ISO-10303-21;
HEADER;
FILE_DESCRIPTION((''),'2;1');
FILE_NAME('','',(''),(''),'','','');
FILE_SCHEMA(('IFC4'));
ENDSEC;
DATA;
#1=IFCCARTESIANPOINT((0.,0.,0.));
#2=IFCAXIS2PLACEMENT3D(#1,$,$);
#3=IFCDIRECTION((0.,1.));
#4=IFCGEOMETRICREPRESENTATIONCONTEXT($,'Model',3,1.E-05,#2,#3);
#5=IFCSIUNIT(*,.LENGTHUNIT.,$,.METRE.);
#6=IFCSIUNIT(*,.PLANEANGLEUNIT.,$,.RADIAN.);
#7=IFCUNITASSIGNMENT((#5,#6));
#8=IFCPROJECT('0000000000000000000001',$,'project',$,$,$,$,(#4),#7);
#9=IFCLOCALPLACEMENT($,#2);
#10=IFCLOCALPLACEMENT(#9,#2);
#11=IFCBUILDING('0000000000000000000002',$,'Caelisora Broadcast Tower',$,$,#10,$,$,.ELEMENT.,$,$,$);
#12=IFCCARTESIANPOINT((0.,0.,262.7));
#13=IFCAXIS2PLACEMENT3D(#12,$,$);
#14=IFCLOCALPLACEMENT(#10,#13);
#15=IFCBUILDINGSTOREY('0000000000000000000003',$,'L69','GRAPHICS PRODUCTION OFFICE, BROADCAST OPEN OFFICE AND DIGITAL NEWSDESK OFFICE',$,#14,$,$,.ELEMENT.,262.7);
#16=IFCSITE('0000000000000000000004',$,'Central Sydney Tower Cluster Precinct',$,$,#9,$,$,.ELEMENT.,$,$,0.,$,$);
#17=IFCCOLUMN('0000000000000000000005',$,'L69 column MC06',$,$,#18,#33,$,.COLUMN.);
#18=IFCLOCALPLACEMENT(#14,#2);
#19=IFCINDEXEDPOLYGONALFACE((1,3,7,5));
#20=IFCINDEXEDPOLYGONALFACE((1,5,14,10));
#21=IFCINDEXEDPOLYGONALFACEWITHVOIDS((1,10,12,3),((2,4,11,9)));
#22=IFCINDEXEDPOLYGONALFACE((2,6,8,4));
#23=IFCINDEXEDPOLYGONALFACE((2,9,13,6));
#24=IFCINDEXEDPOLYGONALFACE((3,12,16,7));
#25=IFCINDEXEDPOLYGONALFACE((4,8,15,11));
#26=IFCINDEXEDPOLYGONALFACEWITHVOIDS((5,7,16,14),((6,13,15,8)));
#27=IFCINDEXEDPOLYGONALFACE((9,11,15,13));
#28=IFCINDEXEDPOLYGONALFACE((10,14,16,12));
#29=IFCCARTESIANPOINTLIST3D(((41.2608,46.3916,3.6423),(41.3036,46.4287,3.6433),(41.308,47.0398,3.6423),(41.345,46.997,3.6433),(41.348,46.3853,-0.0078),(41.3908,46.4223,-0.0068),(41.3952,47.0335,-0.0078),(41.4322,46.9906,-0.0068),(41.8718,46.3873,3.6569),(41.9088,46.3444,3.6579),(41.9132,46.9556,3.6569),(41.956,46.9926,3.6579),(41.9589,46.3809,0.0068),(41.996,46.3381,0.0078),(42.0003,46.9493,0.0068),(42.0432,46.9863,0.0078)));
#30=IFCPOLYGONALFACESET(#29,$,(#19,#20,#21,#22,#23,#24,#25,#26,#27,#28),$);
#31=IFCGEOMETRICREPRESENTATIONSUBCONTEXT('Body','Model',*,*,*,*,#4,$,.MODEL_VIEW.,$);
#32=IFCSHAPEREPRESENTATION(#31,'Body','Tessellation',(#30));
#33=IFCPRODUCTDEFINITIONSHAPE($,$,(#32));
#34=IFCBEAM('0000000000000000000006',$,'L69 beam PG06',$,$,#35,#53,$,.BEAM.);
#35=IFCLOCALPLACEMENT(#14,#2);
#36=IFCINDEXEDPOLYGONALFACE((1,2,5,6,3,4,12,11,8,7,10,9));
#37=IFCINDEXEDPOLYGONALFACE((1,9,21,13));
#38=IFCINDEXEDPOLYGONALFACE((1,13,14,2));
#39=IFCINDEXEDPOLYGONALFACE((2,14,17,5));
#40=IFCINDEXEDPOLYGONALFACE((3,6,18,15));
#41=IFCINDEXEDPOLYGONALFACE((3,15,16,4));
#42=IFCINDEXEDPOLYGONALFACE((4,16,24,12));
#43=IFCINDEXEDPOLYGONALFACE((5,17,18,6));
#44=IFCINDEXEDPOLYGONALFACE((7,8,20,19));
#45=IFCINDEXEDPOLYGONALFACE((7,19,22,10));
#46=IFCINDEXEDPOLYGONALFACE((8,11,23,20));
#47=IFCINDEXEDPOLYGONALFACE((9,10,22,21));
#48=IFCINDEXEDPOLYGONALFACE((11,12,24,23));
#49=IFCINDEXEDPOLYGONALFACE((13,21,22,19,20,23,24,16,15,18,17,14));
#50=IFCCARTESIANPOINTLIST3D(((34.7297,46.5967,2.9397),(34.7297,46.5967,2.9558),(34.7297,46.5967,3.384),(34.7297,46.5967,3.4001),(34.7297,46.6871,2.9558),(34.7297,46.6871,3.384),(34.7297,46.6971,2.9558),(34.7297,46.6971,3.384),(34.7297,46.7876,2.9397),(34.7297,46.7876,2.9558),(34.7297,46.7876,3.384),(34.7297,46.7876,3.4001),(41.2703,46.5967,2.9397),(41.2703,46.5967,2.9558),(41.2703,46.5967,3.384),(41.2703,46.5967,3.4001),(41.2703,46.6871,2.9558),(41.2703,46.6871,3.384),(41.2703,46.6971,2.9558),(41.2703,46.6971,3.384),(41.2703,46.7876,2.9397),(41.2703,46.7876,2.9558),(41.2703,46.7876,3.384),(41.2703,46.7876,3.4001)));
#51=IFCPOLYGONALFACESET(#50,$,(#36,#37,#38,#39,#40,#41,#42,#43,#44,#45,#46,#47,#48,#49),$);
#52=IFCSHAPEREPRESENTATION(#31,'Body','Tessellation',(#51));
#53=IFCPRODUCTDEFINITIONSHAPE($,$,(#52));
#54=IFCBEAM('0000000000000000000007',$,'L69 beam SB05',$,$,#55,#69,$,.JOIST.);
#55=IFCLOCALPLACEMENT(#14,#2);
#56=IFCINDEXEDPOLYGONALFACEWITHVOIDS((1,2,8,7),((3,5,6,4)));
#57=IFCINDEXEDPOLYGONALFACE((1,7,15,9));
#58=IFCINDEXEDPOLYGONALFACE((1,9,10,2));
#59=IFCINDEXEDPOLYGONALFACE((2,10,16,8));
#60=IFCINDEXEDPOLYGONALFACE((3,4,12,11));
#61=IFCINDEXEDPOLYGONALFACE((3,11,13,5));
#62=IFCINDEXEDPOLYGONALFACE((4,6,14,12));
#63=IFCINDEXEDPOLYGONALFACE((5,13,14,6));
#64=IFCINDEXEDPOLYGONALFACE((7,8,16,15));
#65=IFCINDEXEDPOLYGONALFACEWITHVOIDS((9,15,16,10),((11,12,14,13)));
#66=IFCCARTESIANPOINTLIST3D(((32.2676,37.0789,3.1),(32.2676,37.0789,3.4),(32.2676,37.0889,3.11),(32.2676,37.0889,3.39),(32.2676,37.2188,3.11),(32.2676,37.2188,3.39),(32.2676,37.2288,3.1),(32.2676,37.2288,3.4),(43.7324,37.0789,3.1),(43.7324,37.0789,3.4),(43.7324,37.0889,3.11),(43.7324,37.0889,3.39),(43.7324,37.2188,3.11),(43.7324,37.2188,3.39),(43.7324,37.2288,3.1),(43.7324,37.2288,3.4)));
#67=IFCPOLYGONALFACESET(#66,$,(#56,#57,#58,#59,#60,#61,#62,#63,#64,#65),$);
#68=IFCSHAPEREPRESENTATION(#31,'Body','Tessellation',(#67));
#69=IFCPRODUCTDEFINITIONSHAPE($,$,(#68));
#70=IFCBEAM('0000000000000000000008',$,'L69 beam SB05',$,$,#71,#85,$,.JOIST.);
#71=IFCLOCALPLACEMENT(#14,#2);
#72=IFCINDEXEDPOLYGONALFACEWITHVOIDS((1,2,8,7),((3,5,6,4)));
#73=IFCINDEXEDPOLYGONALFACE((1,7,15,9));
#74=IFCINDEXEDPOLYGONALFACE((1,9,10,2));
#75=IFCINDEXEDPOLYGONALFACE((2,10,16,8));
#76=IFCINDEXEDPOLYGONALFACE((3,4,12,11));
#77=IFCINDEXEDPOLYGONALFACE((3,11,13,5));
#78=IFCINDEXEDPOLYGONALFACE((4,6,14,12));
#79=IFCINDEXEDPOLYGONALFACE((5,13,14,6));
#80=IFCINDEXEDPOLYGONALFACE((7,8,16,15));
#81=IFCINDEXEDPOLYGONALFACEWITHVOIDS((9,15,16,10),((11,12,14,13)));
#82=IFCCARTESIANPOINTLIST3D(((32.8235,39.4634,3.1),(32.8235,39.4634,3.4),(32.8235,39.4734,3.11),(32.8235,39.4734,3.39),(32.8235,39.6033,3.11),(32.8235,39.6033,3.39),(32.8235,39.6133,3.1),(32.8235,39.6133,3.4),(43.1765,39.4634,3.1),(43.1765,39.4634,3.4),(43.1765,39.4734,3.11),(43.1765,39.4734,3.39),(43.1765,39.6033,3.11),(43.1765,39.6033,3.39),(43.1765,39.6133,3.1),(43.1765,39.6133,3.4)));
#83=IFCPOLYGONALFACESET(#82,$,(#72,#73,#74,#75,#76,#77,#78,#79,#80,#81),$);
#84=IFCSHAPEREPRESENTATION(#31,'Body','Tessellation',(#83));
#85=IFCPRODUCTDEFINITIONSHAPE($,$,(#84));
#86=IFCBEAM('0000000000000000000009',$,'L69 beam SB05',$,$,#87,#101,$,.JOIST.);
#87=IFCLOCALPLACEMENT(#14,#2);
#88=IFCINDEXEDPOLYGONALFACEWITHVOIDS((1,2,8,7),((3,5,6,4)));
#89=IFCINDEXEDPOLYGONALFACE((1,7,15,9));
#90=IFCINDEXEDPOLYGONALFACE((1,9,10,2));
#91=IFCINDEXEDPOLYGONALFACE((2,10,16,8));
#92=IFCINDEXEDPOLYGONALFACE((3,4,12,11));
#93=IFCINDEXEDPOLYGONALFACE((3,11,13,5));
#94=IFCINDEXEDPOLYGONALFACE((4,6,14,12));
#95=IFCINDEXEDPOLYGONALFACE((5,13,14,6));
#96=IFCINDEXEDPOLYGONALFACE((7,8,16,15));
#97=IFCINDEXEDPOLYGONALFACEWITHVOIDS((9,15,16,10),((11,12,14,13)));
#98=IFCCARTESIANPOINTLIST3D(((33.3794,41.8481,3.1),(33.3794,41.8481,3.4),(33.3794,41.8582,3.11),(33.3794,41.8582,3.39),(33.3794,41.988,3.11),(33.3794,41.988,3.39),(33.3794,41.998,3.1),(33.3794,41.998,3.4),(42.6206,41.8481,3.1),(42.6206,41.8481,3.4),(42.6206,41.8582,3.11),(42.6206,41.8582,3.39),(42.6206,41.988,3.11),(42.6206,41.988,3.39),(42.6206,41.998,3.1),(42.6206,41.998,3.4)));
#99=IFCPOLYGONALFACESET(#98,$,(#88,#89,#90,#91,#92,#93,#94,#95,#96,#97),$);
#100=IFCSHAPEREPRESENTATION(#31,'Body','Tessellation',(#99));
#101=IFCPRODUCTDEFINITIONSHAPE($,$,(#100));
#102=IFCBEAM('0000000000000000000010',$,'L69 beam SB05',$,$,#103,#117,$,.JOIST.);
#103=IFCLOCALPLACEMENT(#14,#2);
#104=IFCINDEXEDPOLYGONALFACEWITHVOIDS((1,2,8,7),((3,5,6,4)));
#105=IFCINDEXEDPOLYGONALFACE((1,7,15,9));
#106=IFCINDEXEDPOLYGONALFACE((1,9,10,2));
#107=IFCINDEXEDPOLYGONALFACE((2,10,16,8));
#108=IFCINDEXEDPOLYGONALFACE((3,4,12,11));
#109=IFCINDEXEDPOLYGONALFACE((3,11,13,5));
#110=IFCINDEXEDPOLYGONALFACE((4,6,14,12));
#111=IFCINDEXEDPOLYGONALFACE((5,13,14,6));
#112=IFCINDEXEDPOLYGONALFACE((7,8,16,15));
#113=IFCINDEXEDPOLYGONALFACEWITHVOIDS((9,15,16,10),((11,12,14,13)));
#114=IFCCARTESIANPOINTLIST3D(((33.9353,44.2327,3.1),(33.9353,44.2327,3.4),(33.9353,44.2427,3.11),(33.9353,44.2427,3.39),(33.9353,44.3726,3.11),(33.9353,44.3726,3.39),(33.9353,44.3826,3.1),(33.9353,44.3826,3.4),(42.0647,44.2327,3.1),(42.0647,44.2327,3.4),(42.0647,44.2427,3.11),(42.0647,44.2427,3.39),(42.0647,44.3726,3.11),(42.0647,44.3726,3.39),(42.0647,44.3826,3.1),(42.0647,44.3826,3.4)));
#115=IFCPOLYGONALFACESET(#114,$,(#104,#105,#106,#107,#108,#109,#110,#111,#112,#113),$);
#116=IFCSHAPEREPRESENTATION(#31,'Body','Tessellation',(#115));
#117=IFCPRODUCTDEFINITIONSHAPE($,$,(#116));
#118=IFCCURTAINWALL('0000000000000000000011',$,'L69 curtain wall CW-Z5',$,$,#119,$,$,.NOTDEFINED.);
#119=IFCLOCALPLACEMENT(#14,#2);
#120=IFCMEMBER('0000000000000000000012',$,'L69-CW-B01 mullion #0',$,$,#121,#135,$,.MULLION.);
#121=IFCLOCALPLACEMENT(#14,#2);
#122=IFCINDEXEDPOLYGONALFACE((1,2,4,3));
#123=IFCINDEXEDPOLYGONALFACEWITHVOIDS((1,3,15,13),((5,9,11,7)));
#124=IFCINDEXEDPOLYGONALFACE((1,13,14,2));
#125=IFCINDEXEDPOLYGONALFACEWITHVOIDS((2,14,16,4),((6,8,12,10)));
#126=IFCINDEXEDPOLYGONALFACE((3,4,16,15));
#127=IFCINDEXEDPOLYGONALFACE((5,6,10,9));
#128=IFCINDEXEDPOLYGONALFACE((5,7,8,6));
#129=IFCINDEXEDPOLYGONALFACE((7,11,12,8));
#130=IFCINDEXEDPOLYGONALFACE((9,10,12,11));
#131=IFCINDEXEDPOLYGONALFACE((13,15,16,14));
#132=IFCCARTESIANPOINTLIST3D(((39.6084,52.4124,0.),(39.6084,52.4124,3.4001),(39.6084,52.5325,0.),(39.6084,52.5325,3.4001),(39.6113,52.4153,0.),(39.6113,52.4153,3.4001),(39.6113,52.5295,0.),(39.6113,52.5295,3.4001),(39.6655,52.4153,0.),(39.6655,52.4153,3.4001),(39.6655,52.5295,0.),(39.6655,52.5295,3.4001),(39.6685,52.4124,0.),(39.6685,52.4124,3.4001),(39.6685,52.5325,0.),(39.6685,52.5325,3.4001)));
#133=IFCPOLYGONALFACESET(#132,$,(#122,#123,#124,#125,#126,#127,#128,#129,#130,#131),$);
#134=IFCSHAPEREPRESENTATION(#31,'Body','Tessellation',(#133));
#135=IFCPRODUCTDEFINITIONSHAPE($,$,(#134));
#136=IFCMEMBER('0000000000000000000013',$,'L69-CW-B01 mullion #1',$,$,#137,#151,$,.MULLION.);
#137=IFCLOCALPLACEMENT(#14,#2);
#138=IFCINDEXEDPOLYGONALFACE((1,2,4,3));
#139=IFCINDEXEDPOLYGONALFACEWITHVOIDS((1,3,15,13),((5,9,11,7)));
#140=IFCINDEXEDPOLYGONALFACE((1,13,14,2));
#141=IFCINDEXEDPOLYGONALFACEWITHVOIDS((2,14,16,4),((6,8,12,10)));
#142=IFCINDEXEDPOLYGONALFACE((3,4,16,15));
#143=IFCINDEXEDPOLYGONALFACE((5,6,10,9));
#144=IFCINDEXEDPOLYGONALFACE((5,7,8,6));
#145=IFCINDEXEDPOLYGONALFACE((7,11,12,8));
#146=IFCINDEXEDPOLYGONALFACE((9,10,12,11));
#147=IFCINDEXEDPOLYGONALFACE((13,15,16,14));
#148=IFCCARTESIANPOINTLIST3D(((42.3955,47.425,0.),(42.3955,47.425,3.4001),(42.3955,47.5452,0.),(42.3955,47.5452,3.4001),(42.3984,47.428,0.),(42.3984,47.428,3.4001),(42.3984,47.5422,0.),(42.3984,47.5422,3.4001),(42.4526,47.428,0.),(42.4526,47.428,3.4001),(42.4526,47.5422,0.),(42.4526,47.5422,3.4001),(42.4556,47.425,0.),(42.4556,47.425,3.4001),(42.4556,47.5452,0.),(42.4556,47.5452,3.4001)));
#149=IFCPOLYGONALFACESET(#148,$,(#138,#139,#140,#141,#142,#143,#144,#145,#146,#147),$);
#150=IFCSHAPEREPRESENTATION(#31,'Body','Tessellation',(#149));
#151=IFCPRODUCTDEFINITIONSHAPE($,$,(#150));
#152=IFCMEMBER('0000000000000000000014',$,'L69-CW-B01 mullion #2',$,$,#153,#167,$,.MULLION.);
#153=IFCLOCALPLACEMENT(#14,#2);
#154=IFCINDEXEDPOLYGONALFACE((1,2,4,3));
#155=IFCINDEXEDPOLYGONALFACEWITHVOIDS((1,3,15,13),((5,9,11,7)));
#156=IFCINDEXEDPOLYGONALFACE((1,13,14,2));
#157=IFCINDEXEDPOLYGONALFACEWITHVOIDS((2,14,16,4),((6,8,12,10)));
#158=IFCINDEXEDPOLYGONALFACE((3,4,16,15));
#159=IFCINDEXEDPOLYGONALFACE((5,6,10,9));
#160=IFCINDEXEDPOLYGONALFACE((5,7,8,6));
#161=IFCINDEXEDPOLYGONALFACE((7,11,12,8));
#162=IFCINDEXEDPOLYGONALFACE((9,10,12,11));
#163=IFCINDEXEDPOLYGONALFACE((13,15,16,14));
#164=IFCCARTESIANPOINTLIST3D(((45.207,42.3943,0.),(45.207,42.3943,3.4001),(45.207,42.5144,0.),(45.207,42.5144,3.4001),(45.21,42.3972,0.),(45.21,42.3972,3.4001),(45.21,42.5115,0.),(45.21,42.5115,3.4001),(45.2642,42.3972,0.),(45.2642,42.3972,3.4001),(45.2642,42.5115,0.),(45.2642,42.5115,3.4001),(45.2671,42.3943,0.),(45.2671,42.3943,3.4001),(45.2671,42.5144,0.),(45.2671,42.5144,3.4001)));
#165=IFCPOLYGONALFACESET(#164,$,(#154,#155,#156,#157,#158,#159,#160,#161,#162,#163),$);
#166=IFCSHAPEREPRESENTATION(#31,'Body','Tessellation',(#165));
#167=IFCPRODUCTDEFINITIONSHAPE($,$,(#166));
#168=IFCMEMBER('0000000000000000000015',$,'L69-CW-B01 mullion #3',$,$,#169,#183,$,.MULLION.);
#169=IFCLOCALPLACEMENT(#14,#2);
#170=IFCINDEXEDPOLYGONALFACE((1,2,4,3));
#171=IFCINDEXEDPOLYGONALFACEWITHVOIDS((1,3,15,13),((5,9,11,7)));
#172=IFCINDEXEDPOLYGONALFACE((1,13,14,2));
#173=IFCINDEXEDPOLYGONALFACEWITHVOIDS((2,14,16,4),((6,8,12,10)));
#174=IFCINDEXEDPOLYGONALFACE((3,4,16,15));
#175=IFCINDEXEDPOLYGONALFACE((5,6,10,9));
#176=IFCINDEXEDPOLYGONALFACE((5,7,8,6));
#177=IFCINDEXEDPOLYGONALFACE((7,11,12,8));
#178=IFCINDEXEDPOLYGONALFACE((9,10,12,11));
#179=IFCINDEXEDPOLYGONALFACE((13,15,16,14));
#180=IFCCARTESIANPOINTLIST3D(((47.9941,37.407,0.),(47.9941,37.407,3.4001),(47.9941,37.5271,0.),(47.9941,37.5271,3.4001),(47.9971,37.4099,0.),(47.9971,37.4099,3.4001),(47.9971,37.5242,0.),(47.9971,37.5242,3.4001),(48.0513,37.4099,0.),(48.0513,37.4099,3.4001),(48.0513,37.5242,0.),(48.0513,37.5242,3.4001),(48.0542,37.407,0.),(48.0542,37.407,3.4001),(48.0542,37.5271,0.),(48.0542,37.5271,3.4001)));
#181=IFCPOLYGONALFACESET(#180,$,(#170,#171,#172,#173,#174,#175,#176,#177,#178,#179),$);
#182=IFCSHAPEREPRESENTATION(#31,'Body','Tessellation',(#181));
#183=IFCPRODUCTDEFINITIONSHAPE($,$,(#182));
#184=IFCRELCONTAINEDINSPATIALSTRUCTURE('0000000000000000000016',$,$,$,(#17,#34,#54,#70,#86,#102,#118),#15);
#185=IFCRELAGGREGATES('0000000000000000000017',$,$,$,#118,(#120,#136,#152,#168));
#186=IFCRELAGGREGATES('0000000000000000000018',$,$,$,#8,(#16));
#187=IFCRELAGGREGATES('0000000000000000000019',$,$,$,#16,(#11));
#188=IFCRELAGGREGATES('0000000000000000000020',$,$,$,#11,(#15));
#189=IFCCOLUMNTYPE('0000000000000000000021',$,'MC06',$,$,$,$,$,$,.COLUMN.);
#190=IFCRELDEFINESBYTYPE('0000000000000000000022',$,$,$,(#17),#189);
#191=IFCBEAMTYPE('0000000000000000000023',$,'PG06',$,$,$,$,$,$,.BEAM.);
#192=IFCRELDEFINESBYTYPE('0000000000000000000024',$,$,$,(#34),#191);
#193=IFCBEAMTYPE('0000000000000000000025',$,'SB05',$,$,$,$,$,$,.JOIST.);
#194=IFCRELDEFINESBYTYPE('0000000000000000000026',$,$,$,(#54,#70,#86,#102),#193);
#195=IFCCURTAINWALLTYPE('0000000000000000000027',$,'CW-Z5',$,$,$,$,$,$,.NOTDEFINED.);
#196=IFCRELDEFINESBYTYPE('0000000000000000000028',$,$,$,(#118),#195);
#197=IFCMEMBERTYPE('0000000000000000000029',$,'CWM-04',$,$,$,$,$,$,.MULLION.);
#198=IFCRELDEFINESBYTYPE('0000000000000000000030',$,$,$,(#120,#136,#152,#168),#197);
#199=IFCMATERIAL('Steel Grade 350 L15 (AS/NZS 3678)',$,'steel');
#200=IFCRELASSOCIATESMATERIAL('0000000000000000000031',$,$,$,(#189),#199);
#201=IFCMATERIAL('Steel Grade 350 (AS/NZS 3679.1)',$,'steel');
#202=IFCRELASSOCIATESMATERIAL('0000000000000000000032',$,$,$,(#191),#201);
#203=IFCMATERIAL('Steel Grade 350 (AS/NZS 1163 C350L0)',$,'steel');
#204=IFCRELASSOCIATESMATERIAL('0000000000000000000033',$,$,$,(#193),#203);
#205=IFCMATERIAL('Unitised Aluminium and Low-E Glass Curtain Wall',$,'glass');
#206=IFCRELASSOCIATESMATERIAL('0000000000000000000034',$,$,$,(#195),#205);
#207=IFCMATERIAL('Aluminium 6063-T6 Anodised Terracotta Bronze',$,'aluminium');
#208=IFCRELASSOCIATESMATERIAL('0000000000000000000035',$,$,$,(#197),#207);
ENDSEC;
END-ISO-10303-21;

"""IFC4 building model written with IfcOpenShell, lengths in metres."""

from ifc_helpers import new_model, si_unit, direction, frame, origin, origin_2d, place, context, subcontext, project, spatial, hollow_rectangle, i_section, extrude, source, transform, mapped, material, material_profile, profile_set, type_object, type_shapes, element, aggregate, save


model = new_model("IFC4")

# Units and contexts
model_context = context("Model", 3, precision=1e-05, world=origin(), true_north=direction((0.0, 1.0)))
body_context = subcontext(model_context, "Body", "Model", "MODEL_VIEW")
ifc_project = project(units=[si_unit("LENGTHUNIT", "METRE"), si_unit("PLANEANGLEUNIT", "RADIAN")], contexts=[model_context])

# Site, building, storey
site_placement = place(None, origin())
site = spatial("IfcSite", under=ifc_project, at=site_placement, Name="Central Sydney Tower Cluster Precinct", CompositionType="ELEMENT", RefElevation=0.0)
building_placement = place(site_placement, origin())
building = spatial("IfcBuilding", under=site, at=building_placement, Name="Caelisora Broadcast Tower", CompositionType="ELEMENT")
storey_placement = place(building_placement, frame((0.0, 0.0, 262.7)))
storey = spatial("IfcBuildingStorey", under=building, at=storey_placement, Name="L69", Description="GRAPHICS PRODUCTION OFFICE, BROADCAST OPEN OFFICE AND DIGITAL NEWSDESK OFFICE", CompositionType="ELEMENT", Elevation=262.7)

# Column
ifc_material_1 = material(Name="Steel Grade 350 L15 (AS/NZS 3678)", Category="steel")
ifc_material_profile_1 = material_profile(ifc_material_1, hollow_rectangle(XDim=0.6499, YDim=0.6499, WallThickness=0.04, at=origin_2d()), Name="Steel Grade 350 L15 (AS/NZS 3678)")
ifc_profile_set_1 = profile_set([ifc_material_profile_1], Name="Steel Grade 350 L15 (AS/NZS 3678)")
column_type = type_object("IfcColumnType", Name="MC06", PredefinedType="COLUMN", material=ifc_profile_set_1)
shared_shape_1 = source(origin(), body_context, "Body", "SweptSolid", [
    extrude(hollow_rectangle(XDim=0.6499, YDim=0.6499, WallThickness=0.04, at=origin_2d()), origin(), (0.0, 0.0, 1.0), 3.6511),
])
type_shapes(column_type, [shared_shape_1])
column_placement = place(storey_placement, frame((41.6956, 46.6858, 0.0), z_axis=(-0.023871, 0.001739, 0.999714), x_axis=(-0.072637, -0.997358, 0.0)))
element("IfcColumn", 1, at=column_placement, inside=storey, type_object=column_type, Name="L69 column MC06", PredefinedType="COLUMN", context=body_context, shape_type="MappedRepresentation", body=[
    mapped(shared_shape_1, transform((0.0, 0.0, 0.0), scale=1.0)),
])

# Beams
ifc_material_2 = material(Name="Steel Grade 350 (AS/NZS 3679.1)", Category="steel")
ifc_material_profile_2 = material_profile(ifc_material_2, i_section(OverallWidth=0.1909, OverallDepth=0.4604, WebThickness=0.01, FlangeThickness=0.0161, at=origin_2d()), Name="Steel Grade 350 (AS/NZS 3679.1)")
ifc_profile_set_2 = profile_set([ifc_material_profile_2], Name="Steel Grade 350 (AS/NZS 3679.1)")
beam_type_1 = type_object("IfcBeamType", Name="PG06", PredefinedType="BEAM", material=ifc_profile_set_2)
shared_shape_2 = source(origin(), body_context, "Body", "SweptSolid", [
    extrude(i_section(OverallWidth=0.1909, OverallDepth=0.4604, WebThickness=0.01, FlangeThickness=0.0161, at=origin_2d()), origin(), (0.0, 0.0, 1.0), 6.5405),
])
type_shapes(beam_type_1, [shared_shape_2])
beam_1_placement = place(storey_placement, frame((41.2703, 46.6921, 3.1699), z_axis=(-1.0, 0.0, 0.0), x_axis=(0.0, -1.0, 0.0)))
element("IfcBeam", 2, at=beam_1_placement, inside=storey, type_object=beam_type_1, Name="L69 beam PG06", PredefinedType="BEAM", context=body_context, shape_type="MappedRepresentation", body=[
    mapped(shared_shape_2, transform((0.0, 0.0, 0.0), scale=1.0)),
])
ifc_material_3 = material(Name="Steel Grade 350 (AS/NZS 1163 C350L0)", Category="steel")
ifc_material_profile_3 = material_profile(ifc_material_3, hollow_rectangle(XDim=0.1499, YDim=0.3, WallThickness=0.01, at=origin_2d()), Name="Steel Grade 350 (AS/NZS 1163 C350L0)")
ifc_profile_set_3 = profile_set([ifc_material_profile_3], Name="Steel Grade 350 (AS/NZS 1163 C350L0)")
beam_type_2 = type_object("IfcBeamType", Name="SB05", PredefinedType="JOIST", material=ifc_profile_set_3)
shared_shape_3 = source(origin(), body_context, "Body", "SweptSolid", [
    extrude(hollow_rectangle(XDim=0.1499, YDim=0.3, WallThickness=0.01, at=origin_2d()), origin(), (0.0, 0.0, 1.0), 11.4648),
])
beam_2_placement = place(storey_placement, frame((43.7324, 37.1538, 3.25), z_axis=(-1.0, 0.0, 0.0), x_axis=(0.0, -1.0, 0.0)))
element("IfcBeam", 3, at=beam_2_placement, inside=storey, type_object=beam_type_2, Name="L69 beam SB05", PredefinedType="JOIST", context=body_context, shape_type="MappedRepresentation", body=[
    mapped(shared_shape_3, transform((0.0, 0.0, 0.0), scale=1.0)),
])
shared_shape_4 = source(origin(), body_context, "Body", "SweptSolid", [
    extrude(hollow_rectangle(XDim=0.1499, YDim=0.3, WallThickness=0.01, at=origin_2d()), origin(), (0.0, 0.0, 1.0), 10.353),
])
beam_3_placement = place(storey_placement, frame((43.1765, 39.5383, 3.25), z_axis=(-1.0, 0.0, 0.0), x_axis=(0.0, -1.0, 0.0)))
element("IfcBeam", 4, at=beam_3_placement, inside=storey, type_object=beam_type_2, Name="L69 beam SB05", PredefinedType="JOIST", context=body_context, shape_type="MappedRepresentation", body=[
    mapped(shared_shape_4, transform((0.0, 0.0, 0.0), scale=1.0)),
])
shared_shape_5 = source(origin(), body_context, "Body", "SweptSolid", [
    extrude(hollow_rectangle(XDim=0.1499, YDim=0.3, WallThickness=0.01, at=origin_2d()), origin(), (0.0, 0.0, 1.0), 9.2412),
])
beam_4_placement = place(storey_placement, frame((42.6206, 41.9231, 3.25), z_axis=(-1.0, 0.0, 0.0), x_axis=(0.0, -1.0, 0.0)))
element("IfcBeam", 5, at=beam_4_placement, inside=storey, type_object=beam_type_2, Name="L69 beam SB05", PredefinedType="JOIST", context=body_context, shape_type="MappedRepresentation", body=[
    mapped(shared_shape_5, transform((0.0, 0.0, 0.0), scale=1.0)),
])
shared_shape_6 = source(origin(), body_context, "Body", "SweptSolid", [
    extrude(hollow_rectangle(XDim=0.1499, YDim=0.3, WallThickness=0.01, at=origin_2d()), origin(), (0.0, 0.0, 1.0), 8.1294),
])
type_shapes(beam_type_2, [shared_shape_3, shared_shape_4, shared_shape_5, shared_shape_6])
beam_5_placement = place(storey_placement, frame((42.0647, 44.3076, 3.25), z_axis=(-1.0, 0.0, 0.0), x_axis=(0.0, -1.0, 0.0)))
element("IfcBeam", 6, at=beam_5_placement, inside=storey, type_object=beam_type_2, Name="L69 beam SB05", PredefinedType="JOIST", context=body_context, shape_type="MappedRepresentation", body=[
    mapped(shared_shape_6, transform((0.0, 0.0, 0.0), scale=1.0)),
])

# Curtain wall, members
ifc_material_4 = material(Name="Unitised Aluminium and Low-E Glass Curtain Wall", Category="glass")
curtain_wall_type_1 = type_object("IfcCurtainWallType", Name="CW-Z5", PredefinedType="NOTDEFINED", material=ifc_material_4)
curtain_wall_1_placement = place(storey_placement, origin())
curtain_wall_1 = element("IfcCurtainWall", 7, at=curtain_wall_1_placement, inside=storey, type_object=curtain_wall_type_1, Name="L69 curtain wall CW-Z5", PredefinedType="NOTDEFINED")
ifc_material_5 = material(Name="Aluminium 6063-T6 Anodised Terracotta Bronze", Category="aluminium")
ifc_material_profile_4 = material_profile(ifc_material_5, hollow_rectangle(XDim=0.0601, YDim=0.1201, WallThickness=0.0029, at=origin_2d()), Name="Aluminium 6063-T6 Anodised Terracotta Bronze")
ifc_profile_set_4 = profile_set([ifc_material_profile_4], Name="Aluminium 6063-T6 Anodised Terracotta Bronze")
member_type_1 = type_object("IfcMemberType", Name="CWM-04", PredefinedType="MULLION", material=ifc_profile_set_4)
shared_shape_7 = source(origin(), body_context, "Body", "SweptSolid", [
    extrude(hollow_rectangle(XDim=0.0601, YDim=0.1201, WallThickness=0.0029, at=origin_2d()), origin(), (0.0, 0.0, 1.0), 3.4001),
])
type_shapes(member_type_1, [shared_shape_7])
member_1_placement = place(storey_placement, frame((39.6384, 52.4724, 0.0), z_axis=(0.0, 0.0, 1.0), x_axis=(1.0, 0.0, 0.0)))
member_1 = element("IfcMember", 8, at=member_1_placement, type_object=member_type_1, Name="L69-CW-B01 mullion #0", PredefinedType="MULLION", context=body_context, shape_type="MappedRepresentation", body=[
    mapped(shared_shape_7, transform((0.0, 0.0, 0.0), scale=1.0)),
])
member_2_placement = place(storey_placement, frame((42.4255, 47.4851, 0.0), z_axis=(0.0, 0.0, 1.0), x_axis=(1.0, 0.0, 0.0)))
member_2 = element("IfcMember", 9, at=member_2_placement, type_object=member_type_1, Name="L69-CW-B01 mullion #1", PredefinedType="MULLION", context=body_context, shape_type="MappedRepresentation", body=[
    mapped(shared_shape_7, transform((0.0, 0.0, 0.0), scale=1.0)),
])
member_3_placement = place(storey_placement, frame((45.2371, 42.4543, 0.0), z_axis=(0.0, 0.0, 1.0), x_axis=(1.0, 0.0, 0.0)))
member_3 = element("IfcMember", 10, at=member_3_placement, type_object=member_type_1, Name="L69-CW-B01 mullion #2", PredefinedType="MULLION", context=body_context, shape_type="MappedRepresentation", body=[
    mapped(shared_shape_7, transform((0.0, 0.0, 0.0), scale=1.0)),
])
member_4_placement = place(storey_placement, frame((48.0242, 37.467, 0.0), z_axis=(0.0, 0.0, 1.0), x_axis=(1.0, 0.0, 0.0)))
member_4 = element("IfcMember", 11, at=member_4_placement, type_object=member_type_1, Name="L69-CW-B01 mullion #3", PredefinedType="MULLION", context=body_context, shape_type="MappedRepresentation", body=[
    mapped(shared_shape_7, transform((0.0, 0.0, 0.0), scale=1.0)),
])

aggregate(curtain_wall_1, [member_1, member_2, member_3, member_4])

save(model, "model.ifc")
